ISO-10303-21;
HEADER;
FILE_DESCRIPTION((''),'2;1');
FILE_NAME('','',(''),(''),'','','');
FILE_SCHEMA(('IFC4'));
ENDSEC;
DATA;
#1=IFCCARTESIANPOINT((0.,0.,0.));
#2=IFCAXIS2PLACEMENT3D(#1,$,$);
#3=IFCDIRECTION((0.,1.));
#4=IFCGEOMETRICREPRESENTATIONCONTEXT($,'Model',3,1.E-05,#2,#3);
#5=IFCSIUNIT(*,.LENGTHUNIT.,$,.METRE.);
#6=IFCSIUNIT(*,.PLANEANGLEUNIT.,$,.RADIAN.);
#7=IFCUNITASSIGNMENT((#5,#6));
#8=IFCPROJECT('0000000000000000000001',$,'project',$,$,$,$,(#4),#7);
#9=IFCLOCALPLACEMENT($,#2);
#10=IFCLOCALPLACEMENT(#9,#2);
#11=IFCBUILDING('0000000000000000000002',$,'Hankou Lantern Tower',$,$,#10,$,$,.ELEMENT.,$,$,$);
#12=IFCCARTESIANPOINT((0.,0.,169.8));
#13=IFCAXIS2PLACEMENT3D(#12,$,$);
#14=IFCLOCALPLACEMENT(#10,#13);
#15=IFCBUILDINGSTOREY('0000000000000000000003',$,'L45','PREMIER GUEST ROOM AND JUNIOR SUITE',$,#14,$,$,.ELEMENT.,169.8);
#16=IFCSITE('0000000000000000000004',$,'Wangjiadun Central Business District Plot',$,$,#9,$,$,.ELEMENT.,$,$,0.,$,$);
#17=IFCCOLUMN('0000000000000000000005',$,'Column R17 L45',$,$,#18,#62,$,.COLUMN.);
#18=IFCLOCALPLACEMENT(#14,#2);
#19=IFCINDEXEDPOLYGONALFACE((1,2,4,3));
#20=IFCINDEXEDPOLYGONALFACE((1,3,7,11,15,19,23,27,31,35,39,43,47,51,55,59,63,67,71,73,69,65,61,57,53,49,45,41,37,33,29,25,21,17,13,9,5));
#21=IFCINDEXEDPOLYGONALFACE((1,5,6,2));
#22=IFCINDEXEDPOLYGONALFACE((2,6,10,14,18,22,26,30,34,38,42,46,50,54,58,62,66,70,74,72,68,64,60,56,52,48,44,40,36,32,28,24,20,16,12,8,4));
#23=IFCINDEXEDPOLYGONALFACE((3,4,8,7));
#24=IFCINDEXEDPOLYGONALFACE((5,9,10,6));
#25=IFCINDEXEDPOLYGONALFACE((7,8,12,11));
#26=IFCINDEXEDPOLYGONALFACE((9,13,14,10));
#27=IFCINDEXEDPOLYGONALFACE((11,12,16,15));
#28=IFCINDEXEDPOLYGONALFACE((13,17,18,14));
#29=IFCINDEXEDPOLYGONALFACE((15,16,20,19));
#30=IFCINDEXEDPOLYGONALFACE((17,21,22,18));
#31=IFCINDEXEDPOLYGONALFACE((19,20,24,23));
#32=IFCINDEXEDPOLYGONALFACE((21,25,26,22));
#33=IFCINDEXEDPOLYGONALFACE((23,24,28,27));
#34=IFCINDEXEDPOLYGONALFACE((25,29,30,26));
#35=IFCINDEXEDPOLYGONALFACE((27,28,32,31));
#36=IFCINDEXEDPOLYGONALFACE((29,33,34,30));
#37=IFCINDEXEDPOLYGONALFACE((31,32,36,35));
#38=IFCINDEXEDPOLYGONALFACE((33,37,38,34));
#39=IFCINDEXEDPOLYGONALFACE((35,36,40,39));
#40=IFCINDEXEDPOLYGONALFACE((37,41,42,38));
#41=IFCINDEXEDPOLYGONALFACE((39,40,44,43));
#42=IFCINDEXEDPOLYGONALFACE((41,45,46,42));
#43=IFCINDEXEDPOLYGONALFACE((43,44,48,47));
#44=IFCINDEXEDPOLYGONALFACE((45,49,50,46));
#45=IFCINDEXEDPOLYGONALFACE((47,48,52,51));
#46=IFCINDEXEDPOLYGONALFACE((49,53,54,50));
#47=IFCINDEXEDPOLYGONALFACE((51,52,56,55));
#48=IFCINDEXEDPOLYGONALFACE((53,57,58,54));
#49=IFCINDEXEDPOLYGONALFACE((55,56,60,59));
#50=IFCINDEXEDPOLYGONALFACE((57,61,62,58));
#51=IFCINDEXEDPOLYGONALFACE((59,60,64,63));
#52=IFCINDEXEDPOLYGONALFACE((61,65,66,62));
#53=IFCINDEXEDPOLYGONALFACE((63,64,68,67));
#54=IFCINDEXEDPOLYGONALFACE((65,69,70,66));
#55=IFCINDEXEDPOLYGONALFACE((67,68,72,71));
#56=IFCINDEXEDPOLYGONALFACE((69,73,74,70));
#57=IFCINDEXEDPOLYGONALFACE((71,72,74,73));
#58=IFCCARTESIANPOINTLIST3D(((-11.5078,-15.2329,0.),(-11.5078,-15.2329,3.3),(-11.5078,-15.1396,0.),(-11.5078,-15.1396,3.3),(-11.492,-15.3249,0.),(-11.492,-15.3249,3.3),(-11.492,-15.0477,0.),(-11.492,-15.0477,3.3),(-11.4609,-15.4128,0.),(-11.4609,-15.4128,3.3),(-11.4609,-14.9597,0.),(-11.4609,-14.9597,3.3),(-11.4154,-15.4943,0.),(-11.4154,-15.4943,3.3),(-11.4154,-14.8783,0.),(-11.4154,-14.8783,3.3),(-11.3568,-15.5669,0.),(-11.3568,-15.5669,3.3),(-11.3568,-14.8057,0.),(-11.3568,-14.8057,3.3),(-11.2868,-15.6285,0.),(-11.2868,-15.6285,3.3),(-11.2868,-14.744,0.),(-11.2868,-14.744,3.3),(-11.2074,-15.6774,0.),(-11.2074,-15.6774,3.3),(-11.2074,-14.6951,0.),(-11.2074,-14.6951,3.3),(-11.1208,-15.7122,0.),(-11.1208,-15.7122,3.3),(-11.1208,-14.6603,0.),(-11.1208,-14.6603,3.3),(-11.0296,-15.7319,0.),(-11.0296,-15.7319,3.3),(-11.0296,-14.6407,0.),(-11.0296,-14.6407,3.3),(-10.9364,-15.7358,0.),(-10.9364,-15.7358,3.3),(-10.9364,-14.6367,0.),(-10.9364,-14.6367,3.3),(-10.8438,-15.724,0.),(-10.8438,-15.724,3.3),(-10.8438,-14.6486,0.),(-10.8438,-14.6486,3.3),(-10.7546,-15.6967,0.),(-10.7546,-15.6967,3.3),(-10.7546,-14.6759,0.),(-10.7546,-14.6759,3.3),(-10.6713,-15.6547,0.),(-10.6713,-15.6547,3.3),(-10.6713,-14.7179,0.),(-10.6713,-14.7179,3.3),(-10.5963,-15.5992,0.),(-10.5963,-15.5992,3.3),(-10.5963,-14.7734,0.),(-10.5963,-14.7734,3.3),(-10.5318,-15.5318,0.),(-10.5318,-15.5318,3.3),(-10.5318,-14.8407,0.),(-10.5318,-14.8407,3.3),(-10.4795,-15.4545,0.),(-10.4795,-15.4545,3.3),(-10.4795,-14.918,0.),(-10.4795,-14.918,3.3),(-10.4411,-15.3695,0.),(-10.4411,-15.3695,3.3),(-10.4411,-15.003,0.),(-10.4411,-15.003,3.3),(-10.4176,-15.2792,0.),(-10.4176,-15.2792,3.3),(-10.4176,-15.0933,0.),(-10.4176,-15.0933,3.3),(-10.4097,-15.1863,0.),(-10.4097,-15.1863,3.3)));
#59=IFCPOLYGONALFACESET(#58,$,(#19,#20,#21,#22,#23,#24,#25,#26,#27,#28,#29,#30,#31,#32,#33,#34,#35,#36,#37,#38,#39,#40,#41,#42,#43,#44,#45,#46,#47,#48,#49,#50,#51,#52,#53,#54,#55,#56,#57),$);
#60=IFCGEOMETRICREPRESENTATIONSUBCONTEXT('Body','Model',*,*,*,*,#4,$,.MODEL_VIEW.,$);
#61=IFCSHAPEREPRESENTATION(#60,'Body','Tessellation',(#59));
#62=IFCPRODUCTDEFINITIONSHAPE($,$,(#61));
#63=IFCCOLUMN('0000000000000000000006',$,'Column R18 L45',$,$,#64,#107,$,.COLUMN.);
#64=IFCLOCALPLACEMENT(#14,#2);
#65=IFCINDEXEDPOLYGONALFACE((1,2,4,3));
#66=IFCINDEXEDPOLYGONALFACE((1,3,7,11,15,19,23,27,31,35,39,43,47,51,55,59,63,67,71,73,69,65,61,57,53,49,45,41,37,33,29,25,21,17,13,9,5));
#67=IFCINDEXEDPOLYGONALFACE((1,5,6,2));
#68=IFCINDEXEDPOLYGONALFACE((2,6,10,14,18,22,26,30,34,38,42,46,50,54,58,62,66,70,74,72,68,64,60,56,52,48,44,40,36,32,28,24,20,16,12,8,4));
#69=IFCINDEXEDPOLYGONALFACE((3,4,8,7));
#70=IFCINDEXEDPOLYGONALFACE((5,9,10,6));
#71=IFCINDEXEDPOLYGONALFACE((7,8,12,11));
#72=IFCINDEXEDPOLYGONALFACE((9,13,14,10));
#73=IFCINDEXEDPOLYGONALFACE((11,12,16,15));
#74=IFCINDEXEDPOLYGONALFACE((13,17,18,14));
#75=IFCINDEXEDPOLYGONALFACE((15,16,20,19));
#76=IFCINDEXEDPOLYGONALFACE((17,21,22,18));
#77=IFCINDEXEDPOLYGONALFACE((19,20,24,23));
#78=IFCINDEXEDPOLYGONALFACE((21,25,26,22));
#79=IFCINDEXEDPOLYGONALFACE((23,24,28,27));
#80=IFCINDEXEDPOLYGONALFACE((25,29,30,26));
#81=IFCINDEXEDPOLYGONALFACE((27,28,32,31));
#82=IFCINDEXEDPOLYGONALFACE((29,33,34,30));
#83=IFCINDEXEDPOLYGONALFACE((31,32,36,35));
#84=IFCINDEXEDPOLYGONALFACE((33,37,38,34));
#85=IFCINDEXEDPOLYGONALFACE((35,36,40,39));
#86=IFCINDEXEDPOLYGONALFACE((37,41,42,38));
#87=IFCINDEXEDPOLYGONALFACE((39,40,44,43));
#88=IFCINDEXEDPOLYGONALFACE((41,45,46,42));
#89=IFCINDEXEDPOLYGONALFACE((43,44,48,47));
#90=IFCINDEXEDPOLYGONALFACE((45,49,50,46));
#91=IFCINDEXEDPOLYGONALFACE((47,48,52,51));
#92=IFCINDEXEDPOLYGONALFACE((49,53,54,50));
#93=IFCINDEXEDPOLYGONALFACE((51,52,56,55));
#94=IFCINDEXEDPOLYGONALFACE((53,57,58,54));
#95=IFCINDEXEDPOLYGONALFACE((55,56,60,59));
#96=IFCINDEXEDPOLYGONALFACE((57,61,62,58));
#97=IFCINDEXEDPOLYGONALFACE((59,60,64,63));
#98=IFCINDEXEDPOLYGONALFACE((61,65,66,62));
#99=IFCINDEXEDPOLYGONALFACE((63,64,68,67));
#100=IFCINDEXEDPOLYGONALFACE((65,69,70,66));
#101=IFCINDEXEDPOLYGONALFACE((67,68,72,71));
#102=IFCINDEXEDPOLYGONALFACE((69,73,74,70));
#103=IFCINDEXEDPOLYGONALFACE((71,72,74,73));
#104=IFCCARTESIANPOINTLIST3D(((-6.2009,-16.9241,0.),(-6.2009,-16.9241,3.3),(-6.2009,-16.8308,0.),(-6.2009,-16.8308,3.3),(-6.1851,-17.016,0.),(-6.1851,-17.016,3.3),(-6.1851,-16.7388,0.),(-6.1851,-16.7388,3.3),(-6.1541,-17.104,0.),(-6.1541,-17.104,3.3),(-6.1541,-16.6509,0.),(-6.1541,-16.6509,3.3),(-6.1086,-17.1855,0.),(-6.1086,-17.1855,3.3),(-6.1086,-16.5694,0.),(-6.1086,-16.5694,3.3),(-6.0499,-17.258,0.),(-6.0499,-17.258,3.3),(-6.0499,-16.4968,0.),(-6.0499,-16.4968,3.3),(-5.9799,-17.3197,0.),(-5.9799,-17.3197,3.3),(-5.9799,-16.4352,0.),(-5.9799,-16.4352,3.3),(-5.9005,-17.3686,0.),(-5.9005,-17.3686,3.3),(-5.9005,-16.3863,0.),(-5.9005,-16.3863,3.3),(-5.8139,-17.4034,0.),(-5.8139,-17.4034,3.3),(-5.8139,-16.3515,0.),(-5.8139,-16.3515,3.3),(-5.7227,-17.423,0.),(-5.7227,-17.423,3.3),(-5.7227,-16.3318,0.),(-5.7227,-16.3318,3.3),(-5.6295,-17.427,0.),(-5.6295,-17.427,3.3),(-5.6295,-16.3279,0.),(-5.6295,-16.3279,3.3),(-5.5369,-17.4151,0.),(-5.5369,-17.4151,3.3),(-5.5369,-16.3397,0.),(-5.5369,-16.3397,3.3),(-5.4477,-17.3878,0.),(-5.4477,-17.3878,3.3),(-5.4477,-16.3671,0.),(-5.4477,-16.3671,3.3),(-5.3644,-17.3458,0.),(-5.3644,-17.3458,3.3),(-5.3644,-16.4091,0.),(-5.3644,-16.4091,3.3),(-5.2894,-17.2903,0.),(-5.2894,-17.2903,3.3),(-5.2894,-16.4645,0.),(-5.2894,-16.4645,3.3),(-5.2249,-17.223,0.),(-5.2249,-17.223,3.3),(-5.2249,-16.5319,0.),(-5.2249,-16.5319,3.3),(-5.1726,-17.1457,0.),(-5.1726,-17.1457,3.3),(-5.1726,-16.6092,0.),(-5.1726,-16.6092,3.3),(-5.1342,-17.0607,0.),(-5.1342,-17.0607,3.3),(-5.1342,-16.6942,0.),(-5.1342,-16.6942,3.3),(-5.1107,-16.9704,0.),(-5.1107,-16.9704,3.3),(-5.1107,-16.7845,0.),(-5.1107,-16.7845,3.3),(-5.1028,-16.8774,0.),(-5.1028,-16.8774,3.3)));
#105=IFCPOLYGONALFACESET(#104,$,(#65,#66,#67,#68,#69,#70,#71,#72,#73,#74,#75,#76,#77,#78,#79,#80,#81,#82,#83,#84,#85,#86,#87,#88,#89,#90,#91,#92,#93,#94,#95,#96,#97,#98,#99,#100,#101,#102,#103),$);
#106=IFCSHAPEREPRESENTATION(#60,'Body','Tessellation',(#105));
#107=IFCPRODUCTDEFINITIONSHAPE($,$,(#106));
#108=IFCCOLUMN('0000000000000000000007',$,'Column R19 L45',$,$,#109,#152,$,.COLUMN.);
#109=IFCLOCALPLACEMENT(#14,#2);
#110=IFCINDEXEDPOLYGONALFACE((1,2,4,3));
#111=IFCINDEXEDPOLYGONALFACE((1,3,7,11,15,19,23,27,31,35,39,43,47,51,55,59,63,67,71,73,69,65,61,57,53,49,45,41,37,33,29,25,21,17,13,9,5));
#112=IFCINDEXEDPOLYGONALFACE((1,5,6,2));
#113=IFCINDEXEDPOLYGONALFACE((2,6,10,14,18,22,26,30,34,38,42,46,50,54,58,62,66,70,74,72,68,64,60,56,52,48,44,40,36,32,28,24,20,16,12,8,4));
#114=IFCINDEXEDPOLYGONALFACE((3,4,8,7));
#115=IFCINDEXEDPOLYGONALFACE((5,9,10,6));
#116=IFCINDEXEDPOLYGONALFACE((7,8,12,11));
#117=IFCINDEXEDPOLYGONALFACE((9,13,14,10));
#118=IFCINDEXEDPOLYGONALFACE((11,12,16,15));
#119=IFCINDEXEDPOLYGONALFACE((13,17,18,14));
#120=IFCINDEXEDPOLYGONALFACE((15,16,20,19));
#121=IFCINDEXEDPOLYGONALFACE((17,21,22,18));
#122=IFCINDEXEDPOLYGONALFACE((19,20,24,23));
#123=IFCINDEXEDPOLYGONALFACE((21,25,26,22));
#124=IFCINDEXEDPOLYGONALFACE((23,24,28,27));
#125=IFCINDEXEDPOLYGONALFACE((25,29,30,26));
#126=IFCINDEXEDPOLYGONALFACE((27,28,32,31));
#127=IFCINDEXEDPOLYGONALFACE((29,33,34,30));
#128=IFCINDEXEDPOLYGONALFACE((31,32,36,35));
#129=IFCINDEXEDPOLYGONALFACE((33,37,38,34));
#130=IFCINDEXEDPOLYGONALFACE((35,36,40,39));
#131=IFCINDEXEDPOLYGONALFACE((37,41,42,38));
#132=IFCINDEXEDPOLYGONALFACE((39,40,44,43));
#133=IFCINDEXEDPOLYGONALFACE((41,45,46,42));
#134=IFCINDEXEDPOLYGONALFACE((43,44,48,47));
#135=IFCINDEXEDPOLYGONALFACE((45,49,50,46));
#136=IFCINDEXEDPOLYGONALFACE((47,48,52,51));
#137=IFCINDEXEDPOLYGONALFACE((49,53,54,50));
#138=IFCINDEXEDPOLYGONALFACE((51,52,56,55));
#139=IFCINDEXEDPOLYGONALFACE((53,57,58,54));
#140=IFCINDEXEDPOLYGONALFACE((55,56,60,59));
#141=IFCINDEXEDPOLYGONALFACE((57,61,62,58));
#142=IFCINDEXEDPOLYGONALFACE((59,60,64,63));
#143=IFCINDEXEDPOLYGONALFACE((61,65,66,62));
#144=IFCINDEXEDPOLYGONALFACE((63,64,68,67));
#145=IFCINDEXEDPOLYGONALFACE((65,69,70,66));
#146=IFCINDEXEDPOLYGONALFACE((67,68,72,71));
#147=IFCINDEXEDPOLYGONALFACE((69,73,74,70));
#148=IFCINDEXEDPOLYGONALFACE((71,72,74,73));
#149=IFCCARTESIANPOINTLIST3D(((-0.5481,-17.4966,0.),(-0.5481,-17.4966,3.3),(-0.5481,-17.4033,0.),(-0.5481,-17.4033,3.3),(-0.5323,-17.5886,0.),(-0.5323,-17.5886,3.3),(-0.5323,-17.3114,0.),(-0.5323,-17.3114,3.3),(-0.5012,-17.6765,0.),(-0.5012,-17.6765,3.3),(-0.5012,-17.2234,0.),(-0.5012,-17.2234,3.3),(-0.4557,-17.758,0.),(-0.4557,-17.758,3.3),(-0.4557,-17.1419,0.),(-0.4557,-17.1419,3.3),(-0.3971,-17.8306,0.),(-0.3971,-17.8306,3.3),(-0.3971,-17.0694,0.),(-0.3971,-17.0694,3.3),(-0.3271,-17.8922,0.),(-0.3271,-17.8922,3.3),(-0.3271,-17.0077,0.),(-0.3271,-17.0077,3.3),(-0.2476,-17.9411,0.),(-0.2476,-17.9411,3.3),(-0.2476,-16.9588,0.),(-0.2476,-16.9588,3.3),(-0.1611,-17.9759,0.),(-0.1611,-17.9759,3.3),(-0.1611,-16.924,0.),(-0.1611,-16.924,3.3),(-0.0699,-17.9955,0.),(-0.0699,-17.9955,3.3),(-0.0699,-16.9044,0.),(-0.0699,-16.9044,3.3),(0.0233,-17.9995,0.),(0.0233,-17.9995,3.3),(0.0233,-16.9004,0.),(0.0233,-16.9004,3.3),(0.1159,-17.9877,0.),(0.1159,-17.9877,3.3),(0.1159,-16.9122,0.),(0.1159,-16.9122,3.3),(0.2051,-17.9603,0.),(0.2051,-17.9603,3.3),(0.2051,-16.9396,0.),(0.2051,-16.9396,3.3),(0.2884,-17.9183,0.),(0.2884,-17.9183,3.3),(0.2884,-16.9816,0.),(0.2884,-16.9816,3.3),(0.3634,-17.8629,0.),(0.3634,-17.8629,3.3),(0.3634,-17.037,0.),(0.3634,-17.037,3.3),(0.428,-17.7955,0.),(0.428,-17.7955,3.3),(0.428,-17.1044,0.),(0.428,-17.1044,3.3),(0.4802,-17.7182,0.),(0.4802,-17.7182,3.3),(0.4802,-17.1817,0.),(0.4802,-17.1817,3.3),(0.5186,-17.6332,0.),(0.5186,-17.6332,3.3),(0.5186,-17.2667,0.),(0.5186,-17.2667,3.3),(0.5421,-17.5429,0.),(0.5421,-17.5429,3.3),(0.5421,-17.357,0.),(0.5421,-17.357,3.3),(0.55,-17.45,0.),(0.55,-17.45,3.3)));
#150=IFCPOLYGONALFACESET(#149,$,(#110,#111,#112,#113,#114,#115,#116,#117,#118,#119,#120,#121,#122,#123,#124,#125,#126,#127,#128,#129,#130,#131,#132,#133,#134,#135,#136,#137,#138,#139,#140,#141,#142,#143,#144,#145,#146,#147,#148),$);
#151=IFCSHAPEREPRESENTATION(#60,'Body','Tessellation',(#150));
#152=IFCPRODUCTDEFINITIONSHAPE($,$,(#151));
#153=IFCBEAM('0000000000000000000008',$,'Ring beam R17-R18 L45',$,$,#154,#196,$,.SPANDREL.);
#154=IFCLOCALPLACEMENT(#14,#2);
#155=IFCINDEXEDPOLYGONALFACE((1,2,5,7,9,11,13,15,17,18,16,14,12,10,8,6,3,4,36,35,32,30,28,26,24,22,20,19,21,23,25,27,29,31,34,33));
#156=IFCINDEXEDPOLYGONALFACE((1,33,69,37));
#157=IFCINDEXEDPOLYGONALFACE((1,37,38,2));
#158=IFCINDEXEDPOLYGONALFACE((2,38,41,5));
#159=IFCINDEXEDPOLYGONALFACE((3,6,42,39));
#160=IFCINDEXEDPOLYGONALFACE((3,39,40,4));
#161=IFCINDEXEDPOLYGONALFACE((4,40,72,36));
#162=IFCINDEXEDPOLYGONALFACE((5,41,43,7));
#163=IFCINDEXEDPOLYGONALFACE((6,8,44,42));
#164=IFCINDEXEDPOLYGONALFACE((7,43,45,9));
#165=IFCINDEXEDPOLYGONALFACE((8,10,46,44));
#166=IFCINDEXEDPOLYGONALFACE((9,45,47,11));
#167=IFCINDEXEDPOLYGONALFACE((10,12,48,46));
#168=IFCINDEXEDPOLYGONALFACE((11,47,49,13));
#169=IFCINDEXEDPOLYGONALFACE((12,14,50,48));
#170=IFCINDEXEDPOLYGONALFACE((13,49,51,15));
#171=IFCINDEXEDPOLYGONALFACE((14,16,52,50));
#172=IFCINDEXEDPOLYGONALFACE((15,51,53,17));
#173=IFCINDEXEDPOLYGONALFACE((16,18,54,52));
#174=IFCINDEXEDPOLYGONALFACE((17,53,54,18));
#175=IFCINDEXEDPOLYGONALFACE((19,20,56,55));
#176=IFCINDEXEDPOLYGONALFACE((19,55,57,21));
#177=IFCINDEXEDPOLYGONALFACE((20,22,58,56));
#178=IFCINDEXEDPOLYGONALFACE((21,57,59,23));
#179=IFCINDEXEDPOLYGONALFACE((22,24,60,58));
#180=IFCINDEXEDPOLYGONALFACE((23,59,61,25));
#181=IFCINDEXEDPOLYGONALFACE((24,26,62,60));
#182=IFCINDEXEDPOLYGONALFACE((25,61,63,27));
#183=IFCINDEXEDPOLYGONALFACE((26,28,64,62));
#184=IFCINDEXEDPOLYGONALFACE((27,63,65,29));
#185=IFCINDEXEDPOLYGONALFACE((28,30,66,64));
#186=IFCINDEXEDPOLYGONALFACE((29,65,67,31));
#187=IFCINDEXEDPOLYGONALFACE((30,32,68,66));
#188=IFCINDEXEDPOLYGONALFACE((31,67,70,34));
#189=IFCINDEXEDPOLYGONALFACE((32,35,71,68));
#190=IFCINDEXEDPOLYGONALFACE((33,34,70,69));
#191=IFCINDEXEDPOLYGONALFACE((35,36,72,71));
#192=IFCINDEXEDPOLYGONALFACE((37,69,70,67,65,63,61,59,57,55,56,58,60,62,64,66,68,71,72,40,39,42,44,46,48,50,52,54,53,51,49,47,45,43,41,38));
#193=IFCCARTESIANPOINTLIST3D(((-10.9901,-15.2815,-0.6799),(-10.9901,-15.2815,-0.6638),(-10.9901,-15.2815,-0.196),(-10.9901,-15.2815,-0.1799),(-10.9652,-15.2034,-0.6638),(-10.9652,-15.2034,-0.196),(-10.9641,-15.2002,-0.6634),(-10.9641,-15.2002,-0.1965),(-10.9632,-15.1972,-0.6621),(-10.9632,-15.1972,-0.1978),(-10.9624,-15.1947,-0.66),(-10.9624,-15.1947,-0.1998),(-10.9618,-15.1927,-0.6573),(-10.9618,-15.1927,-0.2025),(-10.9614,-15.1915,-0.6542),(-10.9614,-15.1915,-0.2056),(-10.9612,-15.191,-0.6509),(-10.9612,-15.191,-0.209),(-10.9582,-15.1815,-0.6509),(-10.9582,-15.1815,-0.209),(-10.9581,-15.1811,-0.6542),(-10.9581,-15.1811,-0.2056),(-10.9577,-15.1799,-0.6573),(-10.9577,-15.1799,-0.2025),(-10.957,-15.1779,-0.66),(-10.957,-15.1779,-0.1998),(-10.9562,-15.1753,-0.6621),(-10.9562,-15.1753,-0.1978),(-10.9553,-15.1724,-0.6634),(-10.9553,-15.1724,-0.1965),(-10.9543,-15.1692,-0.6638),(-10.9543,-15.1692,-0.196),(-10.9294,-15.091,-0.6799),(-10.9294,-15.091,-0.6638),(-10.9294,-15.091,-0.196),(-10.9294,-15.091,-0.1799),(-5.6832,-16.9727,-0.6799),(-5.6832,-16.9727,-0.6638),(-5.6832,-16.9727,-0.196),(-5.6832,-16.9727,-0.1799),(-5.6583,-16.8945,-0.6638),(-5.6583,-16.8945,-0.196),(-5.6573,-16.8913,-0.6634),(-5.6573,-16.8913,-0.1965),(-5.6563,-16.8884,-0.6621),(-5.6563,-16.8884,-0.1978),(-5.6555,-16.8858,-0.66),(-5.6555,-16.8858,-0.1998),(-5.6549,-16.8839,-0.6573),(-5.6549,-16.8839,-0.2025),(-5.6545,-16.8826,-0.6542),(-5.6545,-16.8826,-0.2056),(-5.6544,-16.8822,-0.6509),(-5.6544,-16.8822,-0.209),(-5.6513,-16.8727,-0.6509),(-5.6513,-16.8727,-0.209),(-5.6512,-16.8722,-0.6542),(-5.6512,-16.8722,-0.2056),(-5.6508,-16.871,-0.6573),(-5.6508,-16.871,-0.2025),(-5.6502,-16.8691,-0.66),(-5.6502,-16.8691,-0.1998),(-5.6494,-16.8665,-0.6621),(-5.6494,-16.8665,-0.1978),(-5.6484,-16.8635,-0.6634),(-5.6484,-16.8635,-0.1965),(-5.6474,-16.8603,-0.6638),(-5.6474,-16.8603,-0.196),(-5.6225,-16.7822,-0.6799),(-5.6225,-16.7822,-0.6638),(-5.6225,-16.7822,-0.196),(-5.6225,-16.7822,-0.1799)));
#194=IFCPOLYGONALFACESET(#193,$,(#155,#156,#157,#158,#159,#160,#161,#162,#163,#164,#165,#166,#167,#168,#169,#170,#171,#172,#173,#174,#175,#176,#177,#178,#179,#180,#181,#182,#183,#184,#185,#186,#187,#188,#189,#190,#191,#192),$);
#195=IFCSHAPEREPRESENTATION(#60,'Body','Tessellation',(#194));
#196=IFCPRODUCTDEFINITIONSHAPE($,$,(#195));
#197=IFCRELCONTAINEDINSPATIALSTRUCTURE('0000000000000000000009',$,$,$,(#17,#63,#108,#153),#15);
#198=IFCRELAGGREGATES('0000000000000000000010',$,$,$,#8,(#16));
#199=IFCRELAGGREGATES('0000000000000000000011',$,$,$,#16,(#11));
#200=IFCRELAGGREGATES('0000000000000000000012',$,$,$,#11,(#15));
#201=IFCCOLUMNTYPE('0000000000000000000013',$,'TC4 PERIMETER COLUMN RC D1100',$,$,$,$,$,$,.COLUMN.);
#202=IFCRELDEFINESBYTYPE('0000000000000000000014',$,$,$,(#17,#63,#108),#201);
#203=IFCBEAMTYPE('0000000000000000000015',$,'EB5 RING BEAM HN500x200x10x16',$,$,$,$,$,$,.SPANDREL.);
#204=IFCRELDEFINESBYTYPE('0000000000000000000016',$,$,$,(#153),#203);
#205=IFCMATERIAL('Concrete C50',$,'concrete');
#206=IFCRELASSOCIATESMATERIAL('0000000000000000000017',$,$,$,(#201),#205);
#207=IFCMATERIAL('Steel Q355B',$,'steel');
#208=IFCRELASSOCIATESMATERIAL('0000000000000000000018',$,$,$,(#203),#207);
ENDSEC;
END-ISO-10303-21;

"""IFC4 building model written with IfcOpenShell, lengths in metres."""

from ifc_helpers import new_model, si_unit, direction, frame, origin, origin_2d, place, context, subcontext, project, spatial, circle, i_section, extrude, material, material_profile, profile_set, type_object, element, save


model = new_model("IFC4")

# Units and contexts
model_context = context("Model", 3, precision=1e-05, world=origin(), true_north=direction((0.0, 1.0)))
body_context = subcontext(model_context, "Body", "Model", "MODEL_VIEW")
ifc_project = project(units=[si_unit("LENGTHUNIT", "METRE"), si_unit("PLANEANGLEUNIT", "RADIAN")], contexts=[model_context])

# Site, building, storey
site_placement = place(None, origin())
site = spatial("IfcSite", under=ifc_project, at=site_placement, Name="Wangjiadun Central Business District Plot", CompositionType="ELEMENT", RefElevation=0.0)
building_placement = place(site_placement, origin())
building = spatial("IfcBuilding", under=site, at=building_placement, Name="Hankou Lantern Tower", CompositionType="ELEMENT")
storey_placement = place(building_placement, frame((0.0, 0.0, 169.8)))
storey = spatial("IfcBuildingStorey", under=building, at=storey_placement, Name="L45", Description="PREMIER GUEST ROOM AND JUNIOR SUITE", CompositionType="ELEMENT", Elevation=169.8)

# Columns
ifc_material_1 = material(Name="Concrete C50", Category="concrete")
ifc_material_profile_1 = material_profile(ifc_material_1, circle(Radius=0.55, at=origin_2d()), Name="RC D1100")
ifc_profile_set_1 = profile_set([ifc_material_profile_1], Name="Concrete C50")
column_type = type_object("IfcColumnType", Name="TC4 PERIMETER COLUMN RC D1100", PredefinedType="COLUMN", material=ifc_profile_set_1)
for number, where, z_axis, x_axis, name in (
    (1, (-10.9597, -15.1863, 0.0), (0.0, 0.0, 1.0), (1.0, 0.0, 0.0), "Column R17 L45"),
    (2, (-5.6528, -16.8774, 0.0), (0.0, 0.0, 1.0), (1.0, 0.0, 0.0), "Column R18 L45"),
    (3, (0.0, -17.45, 0.0), (0.0, 0.0, 1.0), (1.0, 0.0, 0.0), "Column R19 L45"),
):
    element("IfcColumn", number, at=place(storey_placement, frame(where, z_axis=z_axis, x_axis=x_axis)), inside=storey, type_object=column_type, Name=name, PredefinedType="COLUMN", context=body_context, shape_type="SweptSolid", body=[
        extrude(circle(Radius=0.55, at=origin_2d()), origin(), (0.0, 0.0, 1.0), 3.3),
    ])

# Beam
ifc_material_2 = material(Name="Steel Q355B", Category="steel")
ifc_material_profile_2 = material_profile(ifc_material_2, i_section(OverallWidth=0.2, OverallDepth=0.5, WebThickness=0.01, FlangeThickness=0.0161, FilletRadius=0.0129, at=origin_2d()), Name="HN500x200x10x16")
ifc_profile_set_2 = profile_set([ifc_material_profile_2], Name="Steel Q355B")
beam_type_1 = type_object("IfcBeamType", Name="EB5 RING BEAM HN500x200x10x16", PredefinedType="SPANDREL", material=ifc_profile_set_2)
beam_1_placement = place(storey_placement, frame((-10.9597, -15.1863, -0.4299), z_axis=(0.95279, -0.303629, 0.0), x_axis=(0.303629, 0.95279, 0.0)))
element("IfcBeam", 4, at=beam_1_placement, inside=storey, type_object=beam_type_1, Name="Ring beam R17-R18 L45", PredefinedType="SPANDREL", context=body_context, shape_type="SweptSolid", body=[
    extrude(i_section(OverallWidth=0.2, OverallDepth=0.5, WebThickness=0.01, FlangeThickness=0.0161, FilletRadius=0.0129, at=origin_2d()), origin(), (0.0, 0.0, 1.0), 5.5698),
])

save(model, "model.ifc")
